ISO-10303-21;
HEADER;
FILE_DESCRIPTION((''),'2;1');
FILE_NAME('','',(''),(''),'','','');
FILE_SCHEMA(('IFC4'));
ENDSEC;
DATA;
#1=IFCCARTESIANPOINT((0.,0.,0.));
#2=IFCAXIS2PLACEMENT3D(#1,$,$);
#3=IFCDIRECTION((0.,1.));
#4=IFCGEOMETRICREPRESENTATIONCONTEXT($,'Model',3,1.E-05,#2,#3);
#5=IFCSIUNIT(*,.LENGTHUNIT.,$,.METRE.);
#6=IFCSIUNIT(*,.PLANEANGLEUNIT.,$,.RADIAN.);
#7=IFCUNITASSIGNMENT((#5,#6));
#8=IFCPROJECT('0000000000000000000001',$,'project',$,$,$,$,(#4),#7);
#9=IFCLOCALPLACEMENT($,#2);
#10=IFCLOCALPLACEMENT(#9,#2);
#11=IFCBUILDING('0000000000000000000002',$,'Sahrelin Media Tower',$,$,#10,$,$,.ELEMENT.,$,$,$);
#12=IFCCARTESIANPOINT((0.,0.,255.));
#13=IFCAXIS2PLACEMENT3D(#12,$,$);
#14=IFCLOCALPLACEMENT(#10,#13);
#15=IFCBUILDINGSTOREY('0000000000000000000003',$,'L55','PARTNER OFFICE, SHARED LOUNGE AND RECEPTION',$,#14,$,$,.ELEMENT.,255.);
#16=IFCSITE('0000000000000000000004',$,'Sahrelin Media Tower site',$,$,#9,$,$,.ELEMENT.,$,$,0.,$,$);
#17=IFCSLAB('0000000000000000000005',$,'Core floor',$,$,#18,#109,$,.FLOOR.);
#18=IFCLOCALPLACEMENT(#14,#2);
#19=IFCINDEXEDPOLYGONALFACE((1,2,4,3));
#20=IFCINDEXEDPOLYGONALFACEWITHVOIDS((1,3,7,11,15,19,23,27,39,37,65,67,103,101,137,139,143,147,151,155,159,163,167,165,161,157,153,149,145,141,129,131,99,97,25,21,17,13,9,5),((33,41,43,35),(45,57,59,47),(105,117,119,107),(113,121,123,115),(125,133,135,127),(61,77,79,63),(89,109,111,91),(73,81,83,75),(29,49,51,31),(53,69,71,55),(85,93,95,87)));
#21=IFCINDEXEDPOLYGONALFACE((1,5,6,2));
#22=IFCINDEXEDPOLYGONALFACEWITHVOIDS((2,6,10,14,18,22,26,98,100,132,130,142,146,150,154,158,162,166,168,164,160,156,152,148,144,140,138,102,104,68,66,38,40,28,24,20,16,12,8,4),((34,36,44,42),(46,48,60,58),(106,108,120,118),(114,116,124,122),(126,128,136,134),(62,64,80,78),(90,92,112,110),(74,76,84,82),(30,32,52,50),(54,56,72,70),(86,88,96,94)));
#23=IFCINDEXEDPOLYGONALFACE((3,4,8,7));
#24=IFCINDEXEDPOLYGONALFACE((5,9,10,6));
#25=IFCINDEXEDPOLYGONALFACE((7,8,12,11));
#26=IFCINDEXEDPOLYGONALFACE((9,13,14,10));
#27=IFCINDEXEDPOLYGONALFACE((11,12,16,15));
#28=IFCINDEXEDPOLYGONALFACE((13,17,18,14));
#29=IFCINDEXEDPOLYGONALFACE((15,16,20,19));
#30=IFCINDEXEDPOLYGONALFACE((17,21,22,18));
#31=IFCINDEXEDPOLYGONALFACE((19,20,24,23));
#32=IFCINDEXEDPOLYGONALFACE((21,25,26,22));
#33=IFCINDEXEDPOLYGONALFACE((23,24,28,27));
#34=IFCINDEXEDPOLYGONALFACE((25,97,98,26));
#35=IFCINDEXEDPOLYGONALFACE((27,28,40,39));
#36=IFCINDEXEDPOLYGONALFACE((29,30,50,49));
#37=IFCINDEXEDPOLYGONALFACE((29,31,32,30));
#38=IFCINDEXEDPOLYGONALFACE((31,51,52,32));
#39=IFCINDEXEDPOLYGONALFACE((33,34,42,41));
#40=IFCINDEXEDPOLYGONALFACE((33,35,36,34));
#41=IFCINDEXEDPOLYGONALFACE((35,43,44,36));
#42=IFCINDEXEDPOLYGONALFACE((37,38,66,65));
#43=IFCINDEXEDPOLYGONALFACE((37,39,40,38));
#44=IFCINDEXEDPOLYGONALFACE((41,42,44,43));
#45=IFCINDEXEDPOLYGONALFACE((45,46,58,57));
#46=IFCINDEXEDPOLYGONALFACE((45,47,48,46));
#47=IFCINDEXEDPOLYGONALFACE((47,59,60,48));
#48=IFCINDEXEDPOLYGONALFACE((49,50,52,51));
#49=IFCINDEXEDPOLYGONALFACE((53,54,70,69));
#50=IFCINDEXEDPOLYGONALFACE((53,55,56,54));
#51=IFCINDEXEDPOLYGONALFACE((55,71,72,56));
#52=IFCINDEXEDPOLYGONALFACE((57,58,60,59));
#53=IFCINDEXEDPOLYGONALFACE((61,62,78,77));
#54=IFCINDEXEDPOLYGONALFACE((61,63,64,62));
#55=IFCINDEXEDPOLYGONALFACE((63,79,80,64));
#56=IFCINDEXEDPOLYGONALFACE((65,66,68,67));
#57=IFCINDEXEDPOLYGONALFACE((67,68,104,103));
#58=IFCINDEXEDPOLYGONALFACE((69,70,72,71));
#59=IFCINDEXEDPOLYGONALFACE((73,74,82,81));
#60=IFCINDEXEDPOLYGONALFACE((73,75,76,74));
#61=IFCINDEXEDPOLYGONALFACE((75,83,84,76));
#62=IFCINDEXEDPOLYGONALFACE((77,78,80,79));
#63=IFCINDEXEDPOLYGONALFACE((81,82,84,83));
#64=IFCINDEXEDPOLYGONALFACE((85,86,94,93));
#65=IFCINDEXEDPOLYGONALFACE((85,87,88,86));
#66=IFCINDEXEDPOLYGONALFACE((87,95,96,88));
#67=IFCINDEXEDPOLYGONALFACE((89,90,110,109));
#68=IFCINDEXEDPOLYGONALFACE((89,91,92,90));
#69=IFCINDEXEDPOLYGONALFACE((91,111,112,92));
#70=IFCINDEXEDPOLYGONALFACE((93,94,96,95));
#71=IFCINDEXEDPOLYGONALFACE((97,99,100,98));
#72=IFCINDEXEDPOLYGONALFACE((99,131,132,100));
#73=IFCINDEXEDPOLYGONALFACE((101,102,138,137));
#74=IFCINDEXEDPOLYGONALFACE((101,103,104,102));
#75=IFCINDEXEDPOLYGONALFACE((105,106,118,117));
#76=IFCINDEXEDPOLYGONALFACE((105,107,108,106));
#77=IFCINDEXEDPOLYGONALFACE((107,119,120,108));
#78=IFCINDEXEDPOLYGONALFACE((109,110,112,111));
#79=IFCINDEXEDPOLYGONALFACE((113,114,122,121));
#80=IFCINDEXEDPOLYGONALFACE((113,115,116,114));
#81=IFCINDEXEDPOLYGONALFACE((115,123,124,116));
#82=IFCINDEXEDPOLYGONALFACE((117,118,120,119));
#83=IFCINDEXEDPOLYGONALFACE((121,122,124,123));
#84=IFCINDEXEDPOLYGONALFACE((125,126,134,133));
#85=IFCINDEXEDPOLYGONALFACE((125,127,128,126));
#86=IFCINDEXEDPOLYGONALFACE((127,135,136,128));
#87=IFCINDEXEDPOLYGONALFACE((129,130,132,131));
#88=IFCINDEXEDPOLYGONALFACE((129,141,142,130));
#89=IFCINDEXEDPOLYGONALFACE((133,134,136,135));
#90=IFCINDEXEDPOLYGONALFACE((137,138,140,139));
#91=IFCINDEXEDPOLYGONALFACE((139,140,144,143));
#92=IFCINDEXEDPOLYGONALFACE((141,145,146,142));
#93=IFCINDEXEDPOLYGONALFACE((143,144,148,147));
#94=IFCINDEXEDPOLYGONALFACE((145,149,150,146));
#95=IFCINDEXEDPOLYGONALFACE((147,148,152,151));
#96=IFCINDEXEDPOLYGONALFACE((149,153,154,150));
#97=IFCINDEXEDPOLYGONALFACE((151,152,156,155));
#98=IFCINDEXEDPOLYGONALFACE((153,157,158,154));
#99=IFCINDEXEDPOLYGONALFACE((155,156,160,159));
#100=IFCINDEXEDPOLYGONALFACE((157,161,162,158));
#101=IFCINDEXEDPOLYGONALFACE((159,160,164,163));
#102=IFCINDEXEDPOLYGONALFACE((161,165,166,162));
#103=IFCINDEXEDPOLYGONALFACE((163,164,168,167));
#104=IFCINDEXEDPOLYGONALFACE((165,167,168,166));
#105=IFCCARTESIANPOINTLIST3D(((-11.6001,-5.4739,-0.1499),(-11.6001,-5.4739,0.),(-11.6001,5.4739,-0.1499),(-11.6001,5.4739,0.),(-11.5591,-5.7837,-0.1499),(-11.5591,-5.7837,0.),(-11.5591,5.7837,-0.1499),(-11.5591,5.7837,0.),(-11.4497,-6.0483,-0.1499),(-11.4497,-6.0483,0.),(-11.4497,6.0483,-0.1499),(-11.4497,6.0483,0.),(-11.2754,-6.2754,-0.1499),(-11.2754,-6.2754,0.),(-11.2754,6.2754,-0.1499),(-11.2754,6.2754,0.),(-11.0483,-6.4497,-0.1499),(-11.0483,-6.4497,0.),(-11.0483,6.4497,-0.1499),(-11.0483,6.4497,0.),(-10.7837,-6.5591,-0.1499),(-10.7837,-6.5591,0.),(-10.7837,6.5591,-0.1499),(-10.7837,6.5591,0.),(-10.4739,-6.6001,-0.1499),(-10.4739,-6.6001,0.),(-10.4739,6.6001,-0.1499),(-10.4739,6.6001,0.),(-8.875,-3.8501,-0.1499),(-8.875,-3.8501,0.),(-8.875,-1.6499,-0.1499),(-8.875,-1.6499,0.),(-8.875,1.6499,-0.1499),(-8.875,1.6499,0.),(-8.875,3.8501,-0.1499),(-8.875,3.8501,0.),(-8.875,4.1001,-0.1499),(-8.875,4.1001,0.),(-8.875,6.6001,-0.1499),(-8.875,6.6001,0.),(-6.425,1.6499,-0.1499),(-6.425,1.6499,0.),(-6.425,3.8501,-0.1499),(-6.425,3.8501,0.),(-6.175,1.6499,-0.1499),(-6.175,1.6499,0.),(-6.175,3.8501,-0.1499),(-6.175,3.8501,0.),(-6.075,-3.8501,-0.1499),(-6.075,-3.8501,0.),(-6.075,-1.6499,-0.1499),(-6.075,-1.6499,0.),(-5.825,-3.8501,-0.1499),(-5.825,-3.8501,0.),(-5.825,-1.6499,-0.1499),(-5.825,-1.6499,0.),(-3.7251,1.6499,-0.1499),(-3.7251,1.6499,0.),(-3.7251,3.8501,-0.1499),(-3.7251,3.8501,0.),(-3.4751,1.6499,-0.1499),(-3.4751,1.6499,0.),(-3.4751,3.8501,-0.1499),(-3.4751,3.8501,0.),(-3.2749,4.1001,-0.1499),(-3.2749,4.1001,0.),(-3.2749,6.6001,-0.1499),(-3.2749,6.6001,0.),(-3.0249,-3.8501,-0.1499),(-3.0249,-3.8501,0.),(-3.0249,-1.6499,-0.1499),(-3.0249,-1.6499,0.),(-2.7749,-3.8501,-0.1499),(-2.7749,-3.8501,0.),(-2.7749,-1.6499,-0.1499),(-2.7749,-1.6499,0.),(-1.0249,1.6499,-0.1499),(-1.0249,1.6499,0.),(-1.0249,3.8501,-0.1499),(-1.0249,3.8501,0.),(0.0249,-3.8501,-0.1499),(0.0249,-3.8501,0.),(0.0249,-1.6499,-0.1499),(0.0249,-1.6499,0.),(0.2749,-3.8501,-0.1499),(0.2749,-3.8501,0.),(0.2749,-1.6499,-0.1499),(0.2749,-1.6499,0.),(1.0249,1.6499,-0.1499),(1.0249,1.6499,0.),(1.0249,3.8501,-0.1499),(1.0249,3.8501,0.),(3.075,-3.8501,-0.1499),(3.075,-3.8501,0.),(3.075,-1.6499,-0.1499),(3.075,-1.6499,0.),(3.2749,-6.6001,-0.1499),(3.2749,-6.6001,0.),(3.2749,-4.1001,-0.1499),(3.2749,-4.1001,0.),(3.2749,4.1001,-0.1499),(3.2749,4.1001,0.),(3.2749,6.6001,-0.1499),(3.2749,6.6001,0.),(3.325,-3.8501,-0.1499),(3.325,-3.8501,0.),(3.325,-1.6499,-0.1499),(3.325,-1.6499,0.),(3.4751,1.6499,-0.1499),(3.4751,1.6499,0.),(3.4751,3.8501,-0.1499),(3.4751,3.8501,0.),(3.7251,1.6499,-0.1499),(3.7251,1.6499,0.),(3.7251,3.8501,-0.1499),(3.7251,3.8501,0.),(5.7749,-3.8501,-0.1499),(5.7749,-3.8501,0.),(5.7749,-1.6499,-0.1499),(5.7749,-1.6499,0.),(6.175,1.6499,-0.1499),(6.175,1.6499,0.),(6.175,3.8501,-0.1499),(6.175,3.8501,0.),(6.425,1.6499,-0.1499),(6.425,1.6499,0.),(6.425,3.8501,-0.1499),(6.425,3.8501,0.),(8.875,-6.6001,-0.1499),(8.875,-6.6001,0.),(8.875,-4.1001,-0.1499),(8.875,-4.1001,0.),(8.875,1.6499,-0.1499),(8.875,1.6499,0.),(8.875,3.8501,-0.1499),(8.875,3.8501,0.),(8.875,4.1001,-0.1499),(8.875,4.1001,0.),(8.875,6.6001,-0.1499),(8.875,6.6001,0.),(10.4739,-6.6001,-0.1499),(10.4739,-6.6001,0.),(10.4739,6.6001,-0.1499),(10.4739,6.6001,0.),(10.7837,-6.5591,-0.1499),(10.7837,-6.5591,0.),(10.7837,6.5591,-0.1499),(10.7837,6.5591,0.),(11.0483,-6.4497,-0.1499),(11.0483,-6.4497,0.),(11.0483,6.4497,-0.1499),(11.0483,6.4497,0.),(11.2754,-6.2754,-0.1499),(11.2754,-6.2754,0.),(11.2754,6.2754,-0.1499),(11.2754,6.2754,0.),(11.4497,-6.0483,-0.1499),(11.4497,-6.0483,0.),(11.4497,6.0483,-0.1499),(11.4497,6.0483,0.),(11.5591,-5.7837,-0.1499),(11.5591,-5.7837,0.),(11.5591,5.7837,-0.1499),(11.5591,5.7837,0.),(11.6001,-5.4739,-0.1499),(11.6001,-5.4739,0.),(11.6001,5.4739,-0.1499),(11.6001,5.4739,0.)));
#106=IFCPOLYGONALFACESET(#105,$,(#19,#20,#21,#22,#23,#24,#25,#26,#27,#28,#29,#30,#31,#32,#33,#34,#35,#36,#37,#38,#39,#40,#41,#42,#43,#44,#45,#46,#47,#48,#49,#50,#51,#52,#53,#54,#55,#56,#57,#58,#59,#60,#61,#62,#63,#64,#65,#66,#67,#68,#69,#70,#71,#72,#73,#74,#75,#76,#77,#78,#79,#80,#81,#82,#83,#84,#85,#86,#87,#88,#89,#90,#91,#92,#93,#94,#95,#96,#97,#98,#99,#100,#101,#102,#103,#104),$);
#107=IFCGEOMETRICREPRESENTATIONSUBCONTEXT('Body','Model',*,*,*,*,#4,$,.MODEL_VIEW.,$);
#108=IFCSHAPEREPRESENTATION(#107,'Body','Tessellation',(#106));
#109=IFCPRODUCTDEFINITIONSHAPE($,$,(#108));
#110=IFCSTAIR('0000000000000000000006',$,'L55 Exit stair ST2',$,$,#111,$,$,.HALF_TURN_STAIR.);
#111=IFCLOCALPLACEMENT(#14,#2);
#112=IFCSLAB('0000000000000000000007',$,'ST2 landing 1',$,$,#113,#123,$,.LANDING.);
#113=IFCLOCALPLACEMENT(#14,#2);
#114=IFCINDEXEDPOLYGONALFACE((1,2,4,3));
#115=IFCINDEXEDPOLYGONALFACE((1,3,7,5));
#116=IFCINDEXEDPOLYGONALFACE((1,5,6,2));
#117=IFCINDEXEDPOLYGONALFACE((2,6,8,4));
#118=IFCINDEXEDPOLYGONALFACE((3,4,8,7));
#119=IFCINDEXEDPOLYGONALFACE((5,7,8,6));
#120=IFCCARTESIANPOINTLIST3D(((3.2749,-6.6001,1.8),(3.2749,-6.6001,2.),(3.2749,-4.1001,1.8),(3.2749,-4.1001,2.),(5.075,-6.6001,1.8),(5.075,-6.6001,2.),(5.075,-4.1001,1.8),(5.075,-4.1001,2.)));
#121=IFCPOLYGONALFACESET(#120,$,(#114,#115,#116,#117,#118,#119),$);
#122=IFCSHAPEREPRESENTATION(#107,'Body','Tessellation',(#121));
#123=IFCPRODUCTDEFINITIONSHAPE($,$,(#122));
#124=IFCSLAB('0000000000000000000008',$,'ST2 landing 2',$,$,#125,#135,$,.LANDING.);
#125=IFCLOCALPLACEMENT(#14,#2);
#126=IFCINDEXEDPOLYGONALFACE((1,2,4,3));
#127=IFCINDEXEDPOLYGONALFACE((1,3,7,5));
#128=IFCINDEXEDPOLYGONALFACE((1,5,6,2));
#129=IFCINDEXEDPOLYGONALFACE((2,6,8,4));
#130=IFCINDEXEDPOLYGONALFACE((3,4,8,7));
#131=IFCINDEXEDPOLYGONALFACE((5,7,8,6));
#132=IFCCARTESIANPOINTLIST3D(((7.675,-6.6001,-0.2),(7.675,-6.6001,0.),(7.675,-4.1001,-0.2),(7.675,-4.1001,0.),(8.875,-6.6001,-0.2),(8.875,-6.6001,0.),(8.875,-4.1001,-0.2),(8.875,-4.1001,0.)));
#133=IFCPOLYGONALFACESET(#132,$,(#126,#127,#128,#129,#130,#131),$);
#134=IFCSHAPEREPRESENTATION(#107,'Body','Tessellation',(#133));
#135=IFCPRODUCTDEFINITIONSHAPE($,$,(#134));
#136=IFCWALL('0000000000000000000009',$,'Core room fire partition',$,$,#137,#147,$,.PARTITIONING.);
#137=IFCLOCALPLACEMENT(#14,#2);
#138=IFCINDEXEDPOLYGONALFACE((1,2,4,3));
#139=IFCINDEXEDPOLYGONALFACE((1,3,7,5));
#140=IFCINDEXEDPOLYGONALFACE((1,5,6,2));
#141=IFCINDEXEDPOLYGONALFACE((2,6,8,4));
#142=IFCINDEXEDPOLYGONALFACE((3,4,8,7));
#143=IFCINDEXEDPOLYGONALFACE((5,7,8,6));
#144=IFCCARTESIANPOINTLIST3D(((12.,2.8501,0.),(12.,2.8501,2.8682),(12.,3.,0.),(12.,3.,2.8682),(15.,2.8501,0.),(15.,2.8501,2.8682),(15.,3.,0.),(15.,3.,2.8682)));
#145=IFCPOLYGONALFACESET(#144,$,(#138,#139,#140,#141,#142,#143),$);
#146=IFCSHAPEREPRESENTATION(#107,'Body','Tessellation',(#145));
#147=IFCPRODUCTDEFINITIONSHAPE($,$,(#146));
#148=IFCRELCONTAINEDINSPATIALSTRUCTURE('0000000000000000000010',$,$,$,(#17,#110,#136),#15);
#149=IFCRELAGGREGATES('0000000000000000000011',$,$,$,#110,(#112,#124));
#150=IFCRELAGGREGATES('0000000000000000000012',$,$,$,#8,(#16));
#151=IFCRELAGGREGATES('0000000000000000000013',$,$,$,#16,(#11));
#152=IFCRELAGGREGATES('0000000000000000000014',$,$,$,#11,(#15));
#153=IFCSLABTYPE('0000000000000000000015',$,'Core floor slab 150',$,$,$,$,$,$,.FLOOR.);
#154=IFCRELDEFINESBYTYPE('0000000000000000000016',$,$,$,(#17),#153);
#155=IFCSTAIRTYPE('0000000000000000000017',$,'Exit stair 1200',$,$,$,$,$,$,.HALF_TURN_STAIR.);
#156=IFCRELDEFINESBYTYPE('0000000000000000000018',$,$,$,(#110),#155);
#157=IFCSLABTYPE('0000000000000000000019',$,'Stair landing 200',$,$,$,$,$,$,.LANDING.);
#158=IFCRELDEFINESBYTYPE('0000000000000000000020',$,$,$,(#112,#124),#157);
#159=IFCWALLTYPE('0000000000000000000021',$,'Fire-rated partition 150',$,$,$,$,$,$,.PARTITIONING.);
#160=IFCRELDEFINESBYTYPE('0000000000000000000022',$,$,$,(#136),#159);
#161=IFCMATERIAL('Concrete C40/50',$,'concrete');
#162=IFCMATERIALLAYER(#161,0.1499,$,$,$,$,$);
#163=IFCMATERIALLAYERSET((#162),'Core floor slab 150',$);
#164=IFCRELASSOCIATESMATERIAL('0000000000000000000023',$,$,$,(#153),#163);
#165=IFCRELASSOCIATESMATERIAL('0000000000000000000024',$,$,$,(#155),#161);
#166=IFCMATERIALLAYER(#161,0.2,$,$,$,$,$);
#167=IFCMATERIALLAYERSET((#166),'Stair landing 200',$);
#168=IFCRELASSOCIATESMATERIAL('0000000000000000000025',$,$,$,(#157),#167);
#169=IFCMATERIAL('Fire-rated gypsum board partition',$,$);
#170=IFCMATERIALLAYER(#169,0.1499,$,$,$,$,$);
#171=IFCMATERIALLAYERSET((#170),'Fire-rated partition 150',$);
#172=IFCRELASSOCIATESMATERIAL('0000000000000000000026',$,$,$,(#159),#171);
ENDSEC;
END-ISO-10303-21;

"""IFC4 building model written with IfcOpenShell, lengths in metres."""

from ifc_helpers import new_model, si_unit, direction, frame, frame_2d, origin, place, context, subcontext, project, spatial, polyline, rectangle, outline, extrude, material, layer, layer_set, type_object, element, aggregate, save


model = new_model("IFC4")

# Units and contexts
model_context = context("Model", 3, precision=1e-05, world=origin(), true_north=direction((0.0, 1.0)))
body_context = subcontext(model_context, "Body", "Model", "MODEL_VIEW")
ifc_project = project(units=[si_unit("LENGTHUNIT", "METRE"), si_unit("PLANEANGLEUNIT", "RADIAN")], contexts=[model_context])

# Site, building, storey
site_placement = place(None, origin())
site = spatial("IfcSite", under=ifc_project, at=site_placement, Name="Sahrelin Media Tower site", CompositionType="ELEMENT", RefElevation=0.0)
building_placement = place(site_placement, origin())
building = spatial("IfcBuilding", under=site, at=building_placement, Name="Sahrelin Media Tower", CompositionType="ELEMENT")
storey_placement = place(building_placement, frame((0.0, 0.0, 255.0)))
storey = spatial("IfcBuildingStorey", under=building, at=storey_placement, Name="L55", Description="PARTNER OFFICE, SHARED LOUNGE AND RECEPTION", CompositionType="ELEMENT", Elevation=255.0)

# Slab
ifc_material_1 = material(Name="Concrete C40/50", Category="concrete")
ifc_layer_1 = layer(ifc_material_1, 0.1499)
ifc_layer_set_1 = layer_set([ifc_layer_1], Name="Core floor slab 150")
slab_type_1 = type_object("IfcSlabType", Name="Core floor slab 150", PredefinedType="FLOOR", material=ifc_layer_set_1)
slab_1_placement = place(storey_placement, frame((0.0, 0.0, -0.1499)))
element("IfcSlab", 1, at=slab_1_placement, inside=storey, type_object=slab_type_1, Name="Core floor", PredefinedType="FLOOR", context=body_context, shape_type="SweptSolid", body=[
    extrude(outline(polyline([(-11.6001, -5.4739), (-11.5591, -5.7837), (-11.4497, -6.0483), (-11.2754, -6.2754), (-11.0483, -6.4497), (-10.7837, -6.5591), (-10.4739, -6.6001), (3.2749, -6.6001), (3.2749, -4.1001), (8.875, -4.1001), (8.875, -6.6001), (10.4739, -6.6001), (10.7837, -6.5591), (11.0483, -6.4497), (11.2754, -6.2754), (11.4497, -6.0483), (11.5591, -5.7837), (11.6001, -5.4739), (11.6001, 5.4739), (11.5591, 5.7837), (11.4497, 6.0483), (11.2754, 6.2754), (11.0483, 6.4497), (10.7837, 6.5591), (10.4739, 6.6001), (8.875, 6.6001), (8.875, 4.1001), (3.2749, 4.1001), (3.2749, 6.6001), (-3.2749, 6.6001), (-3.2749, 4.1001), (-8.875, 4.1001), (-8.875, 6.6001), (-10.4739, 6.6001), (-10.7837, 6.5591), (-11.0483, 6.4497), (-11.2754, 6.2754), (-11.4497, 6.0483), (-11.5591, 5.7837), (-11.6001, 5.4739), (-11.6001, -5.4739)]), holes=[polyline([(-8.875, 3.8501), (-8.875, 1.6499), (-6.425, 1.6499), (-6.425, 3.8501), (-8.875, 3.8501)]), polyline([(-3.7251, 3.8501), (-6.175, 3.8501), (-6.175, 1.6499), (-3.7251, 1.6499), (-3.7251, 3.8501)]), polyline([(-1.0249, 1.6499), (-1.0249, 3.8501), (-3.4751, 3.8501), (-3.4751, 1.6499), (-1.0249, 1.6499)]), polyline([(1.0249, 1.6499), (3.4751, 1.6499), (3.4751, 3.8501), (1.0249, 3.8501), (1.0249, 1.6499)]), polyline([(3.7251, 3.8501), (3.7251, 1.6499), (6.175, 1.6499), (6.175, 3.8501), (3.7251, 3.8501)]), polyline([(8.875, 3.8501), (6.425, 3.8501), (6.425, 1.6499), (8.875, 1.6499), (8.875, 3.8501)]), polyline([(-6.075, -3.8501), (-6.075, -1.6499), (-8.875, -1.6499), (-8.875, -3.8501), (-6.075, -3.8501)]), polyline([(-5.825, -3.8501), (-3.0249, -3.8501), (-3.0249, -1.6499), (-5.825, -1.6499), (-5.825, -3.8501)]), polyline([(-2.7749, -1.6499), (-2.7749, -3.8501), (0.0249, -3.8501), (0.0249, -1.6499), (-2.7749, -1.6499)]), polyline([(3.075, -1.6499), (0.2749, -1.6499), (0.2749, -3.8501), (3.075, -3.8501), (3.075, -1.6499)]), polyline([(5.7749, -3.8501), (5.7749, -1.6499), (3.325, -1.6499), (3.325, -3.8501), (5.7749, -3.8501)])]), origin(), (0.0, 0.0, 1.0), 0.1499),
])

# Stair, slabs
stair_type = type_object("IfcStairType", Name="Exit stair 1200", PredefinedType="HALF_TURN_STAIR", material=ifc_material_1)
stair_placement = place(storey_placement, origin())
stair = element("IfcStair", 2, at=stair_placement, inside=storey, type_object=stair_type, Name="L55 Exit stair ST2", PredefinedType="HALF_TURN_STAIR")
ifc_layer_2 = layer(ifc_material_1, 0.2)
ifc_layer_set_2 = layer_set([ifc_layer_2], Name="Stair landing 200")
slab_type_2 = type_object("IfcSlabType", Name="Stair landing 200", PredefinedType="LANDING", material=ifc_layer_set_2)
slab_2_placement = place(storey_placement, frame((0.0, 0.0, 1.8)))
slab_2 = element("IfcSlab", 3, at=slab_2_placement, type_object=slab_type_2, Name="ST2 landing 1", PredefinedType="LANDING", context=body_context, shape_type="SweptSolid", body=[
    extrude(outline(polyline([(5.075, -4.1001), (3.2749, -4.1001), (3.2749, -6.6001), (5.075, -6.6001), (5.075, -4.1001)])), origin(), (0.0, 0.0, 1.0), 0.2),
])
slab_3_placement = place(storey_placement, frame((0.0, 0.0, -0.2)))
slab_3 = element("IfcSlab", 4, at=slab_3_placement, type_object=slab_type_2, Name="ST2 landing 2", PredefinedType="LANDING", context=body_context, shape_type="SweptSolid", body=[
    extrude(outline(polyline([(8.875, -4.1001), (7.675, -4.1001), (7.675, -6.6001), (8.875, -6.6001), (8.875, -4.1001)])), origin(), (0.0, 0.0, 1.0), 0.2),
])
aggregate(stair, [slab_2, slab_3])

# Wall
ifc_material_2 = material(Name="Fire-rated gypsum board partition")
ifc_layer_3 = layer(ifc_material_2, 0.1499)
ifc_layer_set_3 = layer_set([ifc_layer_3], Name="Fire-rated partition 150")
wall_type_1 = type_object("IfcWallType", Name="Fire-rated partition 150", PredefinedType="PARTITIONING", material=ifc_layer_set_3)
wall_1_placement = place(storey_placement, frame((12.0, 2.925, 0.0), z_axis=(0.0, 0.0, 1.0), x_axis=(1.0, 0.0, 0.0)))
element("IfcWall", 5, at=wall_1_placement, inside=storey, type_object=wall_type_1, Name="Core room fire partition", PredefinedType="PARTITIONING", context=body_context, shape_type="SweptSolid", body=[
    extrude(rectangle(XDim=3.0, YDim=0.1499, at=frame_2d((1.5, 0.0))), origin(), (0.0, 0.0, 1.0), 2.8682),
])

save(model, "model.ifc")
